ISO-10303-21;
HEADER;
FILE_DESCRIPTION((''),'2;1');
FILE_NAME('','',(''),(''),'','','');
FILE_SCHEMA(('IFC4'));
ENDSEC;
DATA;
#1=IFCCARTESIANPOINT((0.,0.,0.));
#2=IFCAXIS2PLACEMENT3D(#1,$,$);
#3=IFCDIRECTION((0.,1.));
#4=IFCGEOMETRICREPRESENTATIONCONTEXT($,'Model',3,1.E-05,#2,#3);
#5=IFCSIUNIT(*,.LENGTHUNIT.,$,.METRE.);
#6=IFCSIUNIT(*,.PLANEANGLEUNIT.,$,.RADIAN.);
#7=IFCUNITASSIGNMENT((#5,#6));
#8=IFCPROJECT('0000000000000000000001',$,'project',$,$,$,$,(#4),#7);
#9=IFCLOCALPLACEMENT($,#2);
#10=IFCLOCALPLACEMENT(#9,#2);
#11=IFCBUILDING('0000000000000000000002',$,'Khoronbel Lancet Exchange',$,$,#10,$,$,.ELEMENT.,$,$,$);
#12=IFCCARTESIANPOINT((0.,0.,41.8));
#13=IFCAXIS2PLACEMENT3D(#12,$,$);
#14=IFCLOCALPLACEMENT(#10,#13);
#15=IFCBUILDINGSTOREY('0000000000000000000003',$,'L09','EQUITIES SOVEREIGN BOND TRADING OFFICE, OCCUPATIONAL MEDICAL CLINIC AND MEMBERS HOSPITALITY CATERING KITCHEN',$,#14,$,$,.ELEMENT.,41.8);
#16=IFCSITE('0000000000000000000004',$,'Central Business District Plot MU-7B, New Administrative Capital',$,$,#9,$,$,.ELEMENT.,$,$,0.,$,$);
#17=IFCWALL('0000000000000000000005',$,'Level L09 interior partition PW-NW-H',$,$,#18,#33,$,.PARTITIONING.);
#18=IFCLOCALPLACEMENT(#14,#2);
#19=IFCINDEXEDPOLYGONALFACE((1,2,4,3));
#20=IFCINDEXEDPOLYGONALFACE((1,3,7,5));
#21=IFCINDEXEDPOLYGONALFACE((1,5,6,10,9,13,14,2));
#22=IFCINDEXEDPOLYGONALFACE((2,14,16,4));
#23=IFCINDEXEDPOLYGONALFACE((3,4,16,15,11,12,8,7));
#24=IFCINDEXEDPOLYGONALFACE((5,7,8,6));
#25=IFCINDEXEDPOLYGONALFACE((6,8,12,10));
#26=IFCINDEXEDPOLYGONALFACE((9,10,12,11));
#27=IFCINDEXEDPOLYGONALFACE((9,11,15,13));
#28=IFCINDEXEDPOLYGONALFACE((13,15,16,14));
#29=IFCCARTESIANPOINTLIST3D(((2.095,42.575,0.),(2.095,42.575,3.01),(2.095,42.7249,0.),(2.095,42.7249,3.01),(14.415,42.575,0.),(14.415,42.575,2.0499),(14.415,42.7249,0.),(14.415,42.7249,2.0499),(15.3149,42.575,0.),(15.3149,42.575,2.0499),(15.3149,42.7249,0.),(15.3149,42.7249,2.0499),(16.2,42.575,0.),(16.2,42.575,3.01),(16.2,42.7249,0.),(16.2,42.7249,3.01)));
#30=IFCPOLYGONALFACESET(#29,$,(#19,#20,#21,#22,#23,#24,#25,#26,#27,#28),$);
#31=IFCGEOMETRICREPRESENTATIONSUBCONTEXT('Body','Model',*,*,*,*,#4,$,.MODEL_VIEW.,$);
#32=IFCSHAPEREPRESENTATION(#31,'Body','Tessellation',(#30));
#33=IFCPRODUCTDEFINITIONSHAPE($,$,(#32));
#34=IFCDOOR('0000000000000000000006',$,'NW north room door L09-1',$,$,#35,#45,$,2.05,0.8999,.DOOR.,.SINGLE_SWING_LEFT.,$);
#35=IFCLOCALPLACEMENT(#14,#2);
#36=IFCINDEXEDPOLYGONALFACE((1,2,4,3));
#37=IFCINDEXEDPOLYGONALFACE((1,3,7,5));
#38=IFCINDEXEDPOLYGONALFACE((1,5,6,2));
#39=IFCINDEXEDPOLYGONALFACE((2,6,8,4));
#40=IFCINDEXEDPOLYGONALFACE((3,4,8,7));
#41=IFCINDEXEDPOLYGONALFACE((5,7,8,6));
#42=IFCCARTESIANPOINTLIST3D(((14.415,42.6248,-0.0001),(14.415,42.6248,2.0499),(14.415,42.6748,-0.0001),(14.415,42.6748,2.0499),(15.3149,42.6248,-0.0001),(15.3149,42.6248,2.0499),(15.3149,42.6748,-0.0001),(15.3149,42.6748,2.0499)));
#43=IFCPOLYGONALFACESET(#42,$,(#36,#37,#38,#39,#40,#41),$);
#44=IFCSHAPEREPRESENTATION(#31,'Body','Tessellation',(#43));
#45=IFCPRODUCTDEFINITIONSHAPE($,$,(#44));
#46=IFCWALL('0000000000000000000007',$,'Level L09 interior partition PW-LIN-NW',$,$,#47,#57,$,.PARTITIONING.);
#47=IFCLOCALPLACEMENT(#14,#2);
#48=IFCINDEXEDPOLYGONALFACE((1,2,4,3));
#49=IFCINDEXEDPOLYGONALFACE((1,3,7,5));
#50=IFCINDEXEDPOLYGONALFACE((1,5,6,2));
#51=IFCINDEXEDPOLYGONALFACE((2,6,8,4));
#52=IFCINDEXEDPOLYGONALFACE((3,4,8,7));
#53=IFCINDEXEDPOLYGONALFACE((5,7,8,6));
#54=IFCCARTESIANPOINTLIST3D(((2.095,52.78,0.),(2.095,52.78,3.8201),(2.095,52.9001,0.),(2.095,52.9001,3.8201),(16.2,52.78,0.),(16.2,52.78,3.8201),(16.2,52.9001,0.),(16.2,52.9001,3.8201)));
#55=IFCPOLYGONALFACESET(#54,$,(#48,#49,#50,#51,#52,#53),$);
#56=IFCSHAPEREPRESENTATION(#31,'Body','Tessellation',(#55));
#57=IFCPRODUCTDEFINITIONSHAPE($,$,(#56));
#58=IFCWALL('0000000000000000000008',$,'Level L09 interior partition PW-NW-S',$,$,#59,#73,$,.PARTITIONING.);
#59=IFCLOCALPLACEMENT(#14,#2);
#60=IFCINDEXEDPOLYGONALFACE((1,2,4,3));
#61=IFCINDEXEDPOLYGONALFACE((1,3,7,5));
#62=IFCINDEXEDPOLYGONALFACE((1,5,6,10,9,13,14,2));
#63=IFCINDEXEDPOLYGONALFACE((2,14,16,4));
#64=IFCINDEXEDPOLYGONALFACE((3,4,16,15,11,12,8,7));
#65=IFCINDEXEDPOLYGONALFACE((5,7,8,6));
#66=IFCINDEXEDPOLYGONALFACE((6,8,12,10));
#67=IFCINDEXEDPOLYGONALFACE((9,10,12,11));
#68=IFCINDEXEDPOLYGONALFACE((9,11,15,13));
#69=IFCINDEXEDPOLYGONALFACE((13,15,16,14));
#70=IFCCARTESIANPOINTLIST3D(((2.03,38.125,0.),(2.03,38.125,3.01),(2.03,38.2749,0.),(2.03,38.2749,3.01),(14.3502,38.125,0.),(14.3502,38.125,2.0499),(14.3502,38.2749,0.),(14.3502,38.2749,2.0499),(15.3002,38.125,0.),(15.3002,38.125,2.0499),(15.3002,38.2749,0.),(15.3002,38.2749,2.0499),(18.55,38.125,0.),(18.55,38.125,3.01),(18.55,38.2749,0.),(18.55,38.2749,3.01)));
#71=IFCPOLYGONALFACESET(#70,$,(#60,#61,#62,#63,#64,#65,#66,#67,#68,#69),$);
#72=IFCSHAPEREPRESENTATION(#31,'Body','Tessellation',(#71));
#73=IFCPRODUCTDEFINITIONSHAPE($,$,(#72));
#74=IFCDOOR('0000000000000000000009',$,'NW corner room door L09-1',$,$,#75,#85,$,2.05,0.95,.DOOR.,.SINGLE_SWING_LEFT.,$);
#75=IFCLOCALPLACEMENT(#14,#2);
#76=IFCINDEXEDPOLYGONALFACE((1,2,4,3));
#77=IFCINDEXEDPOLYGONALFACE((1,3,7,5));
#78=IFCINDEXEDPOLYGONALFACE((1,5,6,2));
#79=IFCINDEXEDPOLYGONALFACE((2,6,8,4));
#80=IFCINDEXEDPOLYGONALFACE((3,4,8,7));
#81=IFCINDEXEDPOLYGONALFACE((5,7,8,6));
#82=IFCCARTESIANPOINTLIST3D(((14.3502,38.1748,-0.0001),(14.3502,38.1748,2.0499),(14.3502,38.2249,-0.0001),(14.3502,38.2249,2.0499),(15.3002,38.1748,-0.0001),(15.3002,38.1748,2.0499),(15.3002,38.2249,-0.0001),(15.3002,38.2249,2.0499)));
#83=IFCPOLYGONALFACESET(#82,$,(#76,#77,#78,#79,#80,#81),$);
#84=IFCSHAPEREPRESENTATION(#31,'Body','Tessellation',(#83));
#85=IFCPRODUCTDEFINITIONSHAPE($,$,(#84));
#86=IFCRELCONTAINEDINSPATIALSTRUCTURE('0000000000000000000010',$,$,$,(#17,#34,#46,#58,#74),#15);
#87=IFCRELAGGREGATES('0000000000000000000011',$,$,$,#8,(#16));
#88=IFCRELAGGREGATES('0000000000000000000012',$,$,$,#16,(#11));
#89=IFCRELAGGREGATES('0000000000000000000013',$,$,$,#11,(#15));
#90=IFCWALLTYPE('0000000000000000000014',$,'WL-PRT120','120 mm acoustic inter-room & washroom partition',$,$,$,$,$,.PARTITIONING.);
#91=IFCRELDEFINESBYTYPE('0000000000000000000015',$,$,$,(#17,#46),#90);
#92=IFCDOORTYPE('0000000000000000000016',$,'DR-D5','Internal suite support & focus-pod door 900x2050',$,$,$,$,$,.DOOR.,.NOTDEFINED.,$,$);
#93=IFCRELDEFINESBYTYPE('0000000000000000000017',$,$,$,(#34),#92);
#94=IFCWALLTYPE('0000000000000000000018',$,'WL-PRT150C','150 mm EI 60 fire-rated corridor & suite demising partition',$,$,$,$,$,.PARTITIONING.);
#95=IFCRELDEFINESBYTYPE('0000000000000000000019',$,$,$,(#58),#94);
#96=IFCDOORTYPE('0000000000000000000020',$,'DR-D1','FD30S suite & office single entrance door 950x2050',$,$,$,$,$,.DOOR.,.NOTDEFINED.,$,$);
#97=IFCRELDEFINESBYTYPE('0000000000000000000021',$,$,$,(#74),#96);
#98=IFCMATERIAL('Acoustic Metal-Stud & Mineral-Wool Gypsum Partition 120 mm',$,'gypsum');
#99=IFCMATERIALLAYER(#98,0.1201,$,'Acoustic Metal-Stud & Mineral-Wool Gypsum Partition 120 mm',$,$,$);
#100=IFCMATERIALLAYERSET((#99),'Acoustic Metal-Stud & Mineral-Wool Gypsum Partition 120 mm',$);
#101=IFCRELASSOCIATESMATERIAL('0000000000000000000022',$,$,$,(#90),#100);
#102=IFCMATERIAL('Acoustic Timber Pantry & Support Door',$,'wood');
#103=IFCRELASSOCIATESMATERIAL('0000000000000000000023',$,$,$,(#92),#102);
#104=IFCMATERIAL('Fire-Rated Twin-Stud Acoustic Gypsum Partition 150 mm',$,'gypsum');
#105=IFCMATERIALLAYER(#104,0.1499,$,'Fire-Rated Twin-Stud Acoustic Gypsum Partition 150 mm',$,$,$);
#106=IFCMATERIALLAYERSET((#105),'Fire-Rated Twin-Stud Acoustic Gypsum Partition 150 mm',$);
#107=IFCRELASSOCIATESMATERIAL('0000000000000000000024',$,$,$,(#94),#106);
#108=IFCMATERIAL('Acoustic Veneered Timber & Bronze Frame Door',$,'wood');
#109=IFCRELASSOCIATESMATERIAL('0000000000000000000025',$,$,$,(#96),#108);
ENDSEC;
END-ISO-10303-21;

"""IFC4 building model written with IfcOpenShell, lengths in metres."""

from ifc_helpers import new_model, si_unit, direction, frame, frame_2d, origin, place, context, subcontext, project, spatial, rectangle, extrude, material, layer, layer_set, type_object, element, fill, save


model = new_model("IFC4")

# Units and contexts
model_context = context("Model", 3, precision=1e-05, world=origin(), true_north=direction((0.0, 1.0)))
body_context = subcontext(model_context, "Body", "Model", "MODEL_VIEW")
ifc_project = project(units=[si_unit("LENGTHUNIT", "METRE"), si_unit("PLANEANGLEUNIT", "RADIAN")], contexts=[model_context])

# Site, building, storey
site_placement = place(None, origin())
site = spatial("IfcSite", under=ifc_project, at=site_placement, Name="Central Business District Plot MU-7B, New Administrative Capital", CompositionType="ELEMENT", RefElevation=0.0)
building_placement = place(site_placement, origin())
building = spatial("IfcBuilding", under=site, at=building_placement, Name="Khoronbel Lancet Exchange", CompositionType="ELEMENT")
storey_placement = place(building_placement, frame((0.0, 0.0, 41.8)))
storey = spatial("IfcBuildingStorey", under=building, at=storey_placement, Name="L09", Description="EQUITIES SOVEREIGN BOND TRADING OFFICE, OCCUPATIONAL MEDICAL CLINIC AND MEMBERS HOSPITALITY CATERING KITCHEN", CompositionType="ELEMENT", Elevation=41.8)

# Wall, opening, door
ifc_material_1 = material(Name="Acoustic Metal-Stud & Mineral-Wool Gypsum Partition 120 mm", Category="gypsum")
ifc_layer_1 = layer(ifc_material_1, 0.1201, Name="Acoustic Metal-Stud & Mineral-Wool Gypsum Partition 120 mm")
ifc_layer_set_1 = layer_set([ifc_layer_1], Name="Acoustic Metal-Stud & Mineral-Wool Gypsum Partition 120 mm")
wall_type_1 = type_object("IfcWallType", Name="WL-PRT120", Description="120 mm acoustic inter-room & washroom partition", PredefinedType="PARTITIONING", material=ifc_layer_set_1)
wall_1_placement = place(storey_placement, frame((2.095, 42.6499, 0.0), z_axis=(0.0, 0.0, 1.0), x_axis=(1.0, 0.0, 0.0)))
wall_1 = element("IfcWall", 1, at=wall_1_placement, inside=storey, type_object=wall_type_1, Name="Level L09 interior partition PW-NW-H", PredefinedType="PARTITIONING", context=body_context, shape_type="SweptSolid", body=[
    extrude(rectangle(XDim=14.105, YDim=0.1499, at=frame_2d((7.0525, 0.0))), origin(), (0.0, 0.0, 1.0), 3.01),
])
opening_1_placement = place(wall_1_placement, frame((12.3201, 0.0, 0.0)))
opening_1 = element("IfcOpeningElement", 2, at=opening_1_placement, cuts=wall_1, PredefinedType="OPENING", context=body_context, shape_type="SweptSolid", body=[
    extrude(rectangle(XDim=0.8999, YDim=2.05, at=frame_2d((0.45, 1.0249))), frame((0.0, 0.085, 0.0), z_axis=(0.0, -1.0, 0.0), x_axis=(1.0, 0.0, 0.0)), (0.0, 0.0, 1.0), 0.1699),
])
ifc_material_2 = material(Name="Acoustic Timber Pantry & Support Door", Category="wood")
door_type_1 = type_object("IfcDoorType", Name="DR-D5", Description="Internal suite support & focus-pod door 900x2050", OperationType="NOTDEFINED", PredefinedType="DOOR", material=ifc_material_2)
door_1_placement = place(opening_1_placement, origin())
door_1 = element("IfcDoor", 3, at=door_1_placement, inside=storey, type_object=door_type_1, Name="NW north room door L09-1", OperationType="SINGLE_SWING_LEFT", OverallHeight=2.05, OverallWidth=0.8999, PredefinedType="DOOR", context=body_context, shape_type="SweptSolid", body=[
    extrude(rectangle(XDim=0.8999, YDim=2.05, at=frame_2d((0.45, 1.0249))), frame((0.0, 0.0249, 0.0), z_axis=(0.0, -1.0, 0.0), x_axis=(1.0, 0.0, 0.0)), (0.0, 0.0, 1.0), 0.05),
])
fill(opening_1, door_1)

# Wall
wall_2_placement = place(storey_placement, frame((2.095, 52.8401, 0.0), z_axis=(0.0, 0.0, 1.0), x_axis=(1.0, 0.0, 0.0)))
element("IfcWall", 4, at=wall_2_placement, inside=storey, type_object=wall_type_1, Name="Level L09 interior partition PW-LIN-NW", PredefinedType="PARTITIONING", context=body_context, shape_type="SweptSolid", body=[
    extrude(rectangle(XDim=14.105, YDim=0.1201, at=frame_2d((7.0525, 0.0))), origin(), (0.0, 0.0, 1.0), 3.8201),
])

# Wall, opening, door
ifc_material_3 = material(Name="Fire-Rated Twin-Stud Acoustic Gypsum Partition 150 mm", Category="gypsum")
ifc_layer_2 = layer(ifc_material_3, 0.1499, Name="Fire-Rated Twin-Stud Acoustic Gypsum Partition 150 mm")
ifc_layer_set_2 = layer_set([ifc_layer_2], Name="Fire-Rated Twin-Stud Acoustic Gypsum Partition 150 mm")
wall_type_2 = type_object("IfcWallType", Name="WL-PRT150C", Description="150 mm EI 60 fire-rated corridor & suite demising partition", PredefinedType="PARTITIONING", material=ifc_layer_set_2)
wall_3_placement = place(storey_placement, frame((2.03, 38.2, 0.0), z_axis=(0.0, 0.0, 1.0), x_axis=(1.0, 0.0, 0.0)))
wall_3 = element("IfcWall", 5, at=wall_3_placement, inside=storey, type_object=wall_type_2, Name="Level L09 interior partition PW-NW-S", PredefinedType="PARTITIONING", context=body_context, shape_type="SweptSolid", body=[
    extrude(rectangle(XDim=16.52, YDim=0.1499, at=frame_2d((8.26, 0.0))), origin(), (0.0, 0.0, 1.0), 3.01),
])
opening_2_placement = place(wall_3_placement, frame((12.3201, 0.0, 0.0)))
opening_2 = element("IfcOpeningElement", 6, at=opening_2_placement, cuts=wall_3, PredefinedType="OPENING", context=body_context, shape_type="SweptSolid", body=[
    extrude(rectangle(XDim=0.95, YDim=2.05, at=frame_2d((0.4751, 1.0249))), frame((0.0, 0.085, 0.0), z_axis=(0.0, -1.0, 0.0), x_axis=(1.0, 0.0, 0.0)), (0.0, 0.0, 1.0), 0.1699),
])
ifc_material_4 = material(Name="Acoustic Veneered Timber & Bronze Frame Door", Category="wood")
door_type_2 = type_object("IfcDoorType", Name="DR-D1", Description="FD30S suite & office single entrance door 950x2050", OperationType="NOTDEFINED", PredefinedType="DOOR", material=ifc_material_4)
door_2_placement = place(opening_2_placement, origin())
door_2 = element("IfcDoor", 7, at=door_2_placement, inside=storey, type_object=door_type_2, Name="NW corner room door L09-1", OperationType="SINGLE_SWING_LEFT", OverallHeight=2.05, OverallWidth=0.95, PredefinedType="DOOR", context=body_context, shape_type="SweptSolid", body=[
    extrude(rectangle(XDim=0.95, YDim=2.05, at=frame_2d((0.4751, 1.0249))), frame((0.0, 0.0249, 0.0), z_axis=(0.0, -1.0, 0.0), x_axis=(1.0, 0.0, 0.0)), (0.0, 0.0, 1.0), 0.05),
])
fill(opening_2, door_2)

save(model, "model.ifc")
